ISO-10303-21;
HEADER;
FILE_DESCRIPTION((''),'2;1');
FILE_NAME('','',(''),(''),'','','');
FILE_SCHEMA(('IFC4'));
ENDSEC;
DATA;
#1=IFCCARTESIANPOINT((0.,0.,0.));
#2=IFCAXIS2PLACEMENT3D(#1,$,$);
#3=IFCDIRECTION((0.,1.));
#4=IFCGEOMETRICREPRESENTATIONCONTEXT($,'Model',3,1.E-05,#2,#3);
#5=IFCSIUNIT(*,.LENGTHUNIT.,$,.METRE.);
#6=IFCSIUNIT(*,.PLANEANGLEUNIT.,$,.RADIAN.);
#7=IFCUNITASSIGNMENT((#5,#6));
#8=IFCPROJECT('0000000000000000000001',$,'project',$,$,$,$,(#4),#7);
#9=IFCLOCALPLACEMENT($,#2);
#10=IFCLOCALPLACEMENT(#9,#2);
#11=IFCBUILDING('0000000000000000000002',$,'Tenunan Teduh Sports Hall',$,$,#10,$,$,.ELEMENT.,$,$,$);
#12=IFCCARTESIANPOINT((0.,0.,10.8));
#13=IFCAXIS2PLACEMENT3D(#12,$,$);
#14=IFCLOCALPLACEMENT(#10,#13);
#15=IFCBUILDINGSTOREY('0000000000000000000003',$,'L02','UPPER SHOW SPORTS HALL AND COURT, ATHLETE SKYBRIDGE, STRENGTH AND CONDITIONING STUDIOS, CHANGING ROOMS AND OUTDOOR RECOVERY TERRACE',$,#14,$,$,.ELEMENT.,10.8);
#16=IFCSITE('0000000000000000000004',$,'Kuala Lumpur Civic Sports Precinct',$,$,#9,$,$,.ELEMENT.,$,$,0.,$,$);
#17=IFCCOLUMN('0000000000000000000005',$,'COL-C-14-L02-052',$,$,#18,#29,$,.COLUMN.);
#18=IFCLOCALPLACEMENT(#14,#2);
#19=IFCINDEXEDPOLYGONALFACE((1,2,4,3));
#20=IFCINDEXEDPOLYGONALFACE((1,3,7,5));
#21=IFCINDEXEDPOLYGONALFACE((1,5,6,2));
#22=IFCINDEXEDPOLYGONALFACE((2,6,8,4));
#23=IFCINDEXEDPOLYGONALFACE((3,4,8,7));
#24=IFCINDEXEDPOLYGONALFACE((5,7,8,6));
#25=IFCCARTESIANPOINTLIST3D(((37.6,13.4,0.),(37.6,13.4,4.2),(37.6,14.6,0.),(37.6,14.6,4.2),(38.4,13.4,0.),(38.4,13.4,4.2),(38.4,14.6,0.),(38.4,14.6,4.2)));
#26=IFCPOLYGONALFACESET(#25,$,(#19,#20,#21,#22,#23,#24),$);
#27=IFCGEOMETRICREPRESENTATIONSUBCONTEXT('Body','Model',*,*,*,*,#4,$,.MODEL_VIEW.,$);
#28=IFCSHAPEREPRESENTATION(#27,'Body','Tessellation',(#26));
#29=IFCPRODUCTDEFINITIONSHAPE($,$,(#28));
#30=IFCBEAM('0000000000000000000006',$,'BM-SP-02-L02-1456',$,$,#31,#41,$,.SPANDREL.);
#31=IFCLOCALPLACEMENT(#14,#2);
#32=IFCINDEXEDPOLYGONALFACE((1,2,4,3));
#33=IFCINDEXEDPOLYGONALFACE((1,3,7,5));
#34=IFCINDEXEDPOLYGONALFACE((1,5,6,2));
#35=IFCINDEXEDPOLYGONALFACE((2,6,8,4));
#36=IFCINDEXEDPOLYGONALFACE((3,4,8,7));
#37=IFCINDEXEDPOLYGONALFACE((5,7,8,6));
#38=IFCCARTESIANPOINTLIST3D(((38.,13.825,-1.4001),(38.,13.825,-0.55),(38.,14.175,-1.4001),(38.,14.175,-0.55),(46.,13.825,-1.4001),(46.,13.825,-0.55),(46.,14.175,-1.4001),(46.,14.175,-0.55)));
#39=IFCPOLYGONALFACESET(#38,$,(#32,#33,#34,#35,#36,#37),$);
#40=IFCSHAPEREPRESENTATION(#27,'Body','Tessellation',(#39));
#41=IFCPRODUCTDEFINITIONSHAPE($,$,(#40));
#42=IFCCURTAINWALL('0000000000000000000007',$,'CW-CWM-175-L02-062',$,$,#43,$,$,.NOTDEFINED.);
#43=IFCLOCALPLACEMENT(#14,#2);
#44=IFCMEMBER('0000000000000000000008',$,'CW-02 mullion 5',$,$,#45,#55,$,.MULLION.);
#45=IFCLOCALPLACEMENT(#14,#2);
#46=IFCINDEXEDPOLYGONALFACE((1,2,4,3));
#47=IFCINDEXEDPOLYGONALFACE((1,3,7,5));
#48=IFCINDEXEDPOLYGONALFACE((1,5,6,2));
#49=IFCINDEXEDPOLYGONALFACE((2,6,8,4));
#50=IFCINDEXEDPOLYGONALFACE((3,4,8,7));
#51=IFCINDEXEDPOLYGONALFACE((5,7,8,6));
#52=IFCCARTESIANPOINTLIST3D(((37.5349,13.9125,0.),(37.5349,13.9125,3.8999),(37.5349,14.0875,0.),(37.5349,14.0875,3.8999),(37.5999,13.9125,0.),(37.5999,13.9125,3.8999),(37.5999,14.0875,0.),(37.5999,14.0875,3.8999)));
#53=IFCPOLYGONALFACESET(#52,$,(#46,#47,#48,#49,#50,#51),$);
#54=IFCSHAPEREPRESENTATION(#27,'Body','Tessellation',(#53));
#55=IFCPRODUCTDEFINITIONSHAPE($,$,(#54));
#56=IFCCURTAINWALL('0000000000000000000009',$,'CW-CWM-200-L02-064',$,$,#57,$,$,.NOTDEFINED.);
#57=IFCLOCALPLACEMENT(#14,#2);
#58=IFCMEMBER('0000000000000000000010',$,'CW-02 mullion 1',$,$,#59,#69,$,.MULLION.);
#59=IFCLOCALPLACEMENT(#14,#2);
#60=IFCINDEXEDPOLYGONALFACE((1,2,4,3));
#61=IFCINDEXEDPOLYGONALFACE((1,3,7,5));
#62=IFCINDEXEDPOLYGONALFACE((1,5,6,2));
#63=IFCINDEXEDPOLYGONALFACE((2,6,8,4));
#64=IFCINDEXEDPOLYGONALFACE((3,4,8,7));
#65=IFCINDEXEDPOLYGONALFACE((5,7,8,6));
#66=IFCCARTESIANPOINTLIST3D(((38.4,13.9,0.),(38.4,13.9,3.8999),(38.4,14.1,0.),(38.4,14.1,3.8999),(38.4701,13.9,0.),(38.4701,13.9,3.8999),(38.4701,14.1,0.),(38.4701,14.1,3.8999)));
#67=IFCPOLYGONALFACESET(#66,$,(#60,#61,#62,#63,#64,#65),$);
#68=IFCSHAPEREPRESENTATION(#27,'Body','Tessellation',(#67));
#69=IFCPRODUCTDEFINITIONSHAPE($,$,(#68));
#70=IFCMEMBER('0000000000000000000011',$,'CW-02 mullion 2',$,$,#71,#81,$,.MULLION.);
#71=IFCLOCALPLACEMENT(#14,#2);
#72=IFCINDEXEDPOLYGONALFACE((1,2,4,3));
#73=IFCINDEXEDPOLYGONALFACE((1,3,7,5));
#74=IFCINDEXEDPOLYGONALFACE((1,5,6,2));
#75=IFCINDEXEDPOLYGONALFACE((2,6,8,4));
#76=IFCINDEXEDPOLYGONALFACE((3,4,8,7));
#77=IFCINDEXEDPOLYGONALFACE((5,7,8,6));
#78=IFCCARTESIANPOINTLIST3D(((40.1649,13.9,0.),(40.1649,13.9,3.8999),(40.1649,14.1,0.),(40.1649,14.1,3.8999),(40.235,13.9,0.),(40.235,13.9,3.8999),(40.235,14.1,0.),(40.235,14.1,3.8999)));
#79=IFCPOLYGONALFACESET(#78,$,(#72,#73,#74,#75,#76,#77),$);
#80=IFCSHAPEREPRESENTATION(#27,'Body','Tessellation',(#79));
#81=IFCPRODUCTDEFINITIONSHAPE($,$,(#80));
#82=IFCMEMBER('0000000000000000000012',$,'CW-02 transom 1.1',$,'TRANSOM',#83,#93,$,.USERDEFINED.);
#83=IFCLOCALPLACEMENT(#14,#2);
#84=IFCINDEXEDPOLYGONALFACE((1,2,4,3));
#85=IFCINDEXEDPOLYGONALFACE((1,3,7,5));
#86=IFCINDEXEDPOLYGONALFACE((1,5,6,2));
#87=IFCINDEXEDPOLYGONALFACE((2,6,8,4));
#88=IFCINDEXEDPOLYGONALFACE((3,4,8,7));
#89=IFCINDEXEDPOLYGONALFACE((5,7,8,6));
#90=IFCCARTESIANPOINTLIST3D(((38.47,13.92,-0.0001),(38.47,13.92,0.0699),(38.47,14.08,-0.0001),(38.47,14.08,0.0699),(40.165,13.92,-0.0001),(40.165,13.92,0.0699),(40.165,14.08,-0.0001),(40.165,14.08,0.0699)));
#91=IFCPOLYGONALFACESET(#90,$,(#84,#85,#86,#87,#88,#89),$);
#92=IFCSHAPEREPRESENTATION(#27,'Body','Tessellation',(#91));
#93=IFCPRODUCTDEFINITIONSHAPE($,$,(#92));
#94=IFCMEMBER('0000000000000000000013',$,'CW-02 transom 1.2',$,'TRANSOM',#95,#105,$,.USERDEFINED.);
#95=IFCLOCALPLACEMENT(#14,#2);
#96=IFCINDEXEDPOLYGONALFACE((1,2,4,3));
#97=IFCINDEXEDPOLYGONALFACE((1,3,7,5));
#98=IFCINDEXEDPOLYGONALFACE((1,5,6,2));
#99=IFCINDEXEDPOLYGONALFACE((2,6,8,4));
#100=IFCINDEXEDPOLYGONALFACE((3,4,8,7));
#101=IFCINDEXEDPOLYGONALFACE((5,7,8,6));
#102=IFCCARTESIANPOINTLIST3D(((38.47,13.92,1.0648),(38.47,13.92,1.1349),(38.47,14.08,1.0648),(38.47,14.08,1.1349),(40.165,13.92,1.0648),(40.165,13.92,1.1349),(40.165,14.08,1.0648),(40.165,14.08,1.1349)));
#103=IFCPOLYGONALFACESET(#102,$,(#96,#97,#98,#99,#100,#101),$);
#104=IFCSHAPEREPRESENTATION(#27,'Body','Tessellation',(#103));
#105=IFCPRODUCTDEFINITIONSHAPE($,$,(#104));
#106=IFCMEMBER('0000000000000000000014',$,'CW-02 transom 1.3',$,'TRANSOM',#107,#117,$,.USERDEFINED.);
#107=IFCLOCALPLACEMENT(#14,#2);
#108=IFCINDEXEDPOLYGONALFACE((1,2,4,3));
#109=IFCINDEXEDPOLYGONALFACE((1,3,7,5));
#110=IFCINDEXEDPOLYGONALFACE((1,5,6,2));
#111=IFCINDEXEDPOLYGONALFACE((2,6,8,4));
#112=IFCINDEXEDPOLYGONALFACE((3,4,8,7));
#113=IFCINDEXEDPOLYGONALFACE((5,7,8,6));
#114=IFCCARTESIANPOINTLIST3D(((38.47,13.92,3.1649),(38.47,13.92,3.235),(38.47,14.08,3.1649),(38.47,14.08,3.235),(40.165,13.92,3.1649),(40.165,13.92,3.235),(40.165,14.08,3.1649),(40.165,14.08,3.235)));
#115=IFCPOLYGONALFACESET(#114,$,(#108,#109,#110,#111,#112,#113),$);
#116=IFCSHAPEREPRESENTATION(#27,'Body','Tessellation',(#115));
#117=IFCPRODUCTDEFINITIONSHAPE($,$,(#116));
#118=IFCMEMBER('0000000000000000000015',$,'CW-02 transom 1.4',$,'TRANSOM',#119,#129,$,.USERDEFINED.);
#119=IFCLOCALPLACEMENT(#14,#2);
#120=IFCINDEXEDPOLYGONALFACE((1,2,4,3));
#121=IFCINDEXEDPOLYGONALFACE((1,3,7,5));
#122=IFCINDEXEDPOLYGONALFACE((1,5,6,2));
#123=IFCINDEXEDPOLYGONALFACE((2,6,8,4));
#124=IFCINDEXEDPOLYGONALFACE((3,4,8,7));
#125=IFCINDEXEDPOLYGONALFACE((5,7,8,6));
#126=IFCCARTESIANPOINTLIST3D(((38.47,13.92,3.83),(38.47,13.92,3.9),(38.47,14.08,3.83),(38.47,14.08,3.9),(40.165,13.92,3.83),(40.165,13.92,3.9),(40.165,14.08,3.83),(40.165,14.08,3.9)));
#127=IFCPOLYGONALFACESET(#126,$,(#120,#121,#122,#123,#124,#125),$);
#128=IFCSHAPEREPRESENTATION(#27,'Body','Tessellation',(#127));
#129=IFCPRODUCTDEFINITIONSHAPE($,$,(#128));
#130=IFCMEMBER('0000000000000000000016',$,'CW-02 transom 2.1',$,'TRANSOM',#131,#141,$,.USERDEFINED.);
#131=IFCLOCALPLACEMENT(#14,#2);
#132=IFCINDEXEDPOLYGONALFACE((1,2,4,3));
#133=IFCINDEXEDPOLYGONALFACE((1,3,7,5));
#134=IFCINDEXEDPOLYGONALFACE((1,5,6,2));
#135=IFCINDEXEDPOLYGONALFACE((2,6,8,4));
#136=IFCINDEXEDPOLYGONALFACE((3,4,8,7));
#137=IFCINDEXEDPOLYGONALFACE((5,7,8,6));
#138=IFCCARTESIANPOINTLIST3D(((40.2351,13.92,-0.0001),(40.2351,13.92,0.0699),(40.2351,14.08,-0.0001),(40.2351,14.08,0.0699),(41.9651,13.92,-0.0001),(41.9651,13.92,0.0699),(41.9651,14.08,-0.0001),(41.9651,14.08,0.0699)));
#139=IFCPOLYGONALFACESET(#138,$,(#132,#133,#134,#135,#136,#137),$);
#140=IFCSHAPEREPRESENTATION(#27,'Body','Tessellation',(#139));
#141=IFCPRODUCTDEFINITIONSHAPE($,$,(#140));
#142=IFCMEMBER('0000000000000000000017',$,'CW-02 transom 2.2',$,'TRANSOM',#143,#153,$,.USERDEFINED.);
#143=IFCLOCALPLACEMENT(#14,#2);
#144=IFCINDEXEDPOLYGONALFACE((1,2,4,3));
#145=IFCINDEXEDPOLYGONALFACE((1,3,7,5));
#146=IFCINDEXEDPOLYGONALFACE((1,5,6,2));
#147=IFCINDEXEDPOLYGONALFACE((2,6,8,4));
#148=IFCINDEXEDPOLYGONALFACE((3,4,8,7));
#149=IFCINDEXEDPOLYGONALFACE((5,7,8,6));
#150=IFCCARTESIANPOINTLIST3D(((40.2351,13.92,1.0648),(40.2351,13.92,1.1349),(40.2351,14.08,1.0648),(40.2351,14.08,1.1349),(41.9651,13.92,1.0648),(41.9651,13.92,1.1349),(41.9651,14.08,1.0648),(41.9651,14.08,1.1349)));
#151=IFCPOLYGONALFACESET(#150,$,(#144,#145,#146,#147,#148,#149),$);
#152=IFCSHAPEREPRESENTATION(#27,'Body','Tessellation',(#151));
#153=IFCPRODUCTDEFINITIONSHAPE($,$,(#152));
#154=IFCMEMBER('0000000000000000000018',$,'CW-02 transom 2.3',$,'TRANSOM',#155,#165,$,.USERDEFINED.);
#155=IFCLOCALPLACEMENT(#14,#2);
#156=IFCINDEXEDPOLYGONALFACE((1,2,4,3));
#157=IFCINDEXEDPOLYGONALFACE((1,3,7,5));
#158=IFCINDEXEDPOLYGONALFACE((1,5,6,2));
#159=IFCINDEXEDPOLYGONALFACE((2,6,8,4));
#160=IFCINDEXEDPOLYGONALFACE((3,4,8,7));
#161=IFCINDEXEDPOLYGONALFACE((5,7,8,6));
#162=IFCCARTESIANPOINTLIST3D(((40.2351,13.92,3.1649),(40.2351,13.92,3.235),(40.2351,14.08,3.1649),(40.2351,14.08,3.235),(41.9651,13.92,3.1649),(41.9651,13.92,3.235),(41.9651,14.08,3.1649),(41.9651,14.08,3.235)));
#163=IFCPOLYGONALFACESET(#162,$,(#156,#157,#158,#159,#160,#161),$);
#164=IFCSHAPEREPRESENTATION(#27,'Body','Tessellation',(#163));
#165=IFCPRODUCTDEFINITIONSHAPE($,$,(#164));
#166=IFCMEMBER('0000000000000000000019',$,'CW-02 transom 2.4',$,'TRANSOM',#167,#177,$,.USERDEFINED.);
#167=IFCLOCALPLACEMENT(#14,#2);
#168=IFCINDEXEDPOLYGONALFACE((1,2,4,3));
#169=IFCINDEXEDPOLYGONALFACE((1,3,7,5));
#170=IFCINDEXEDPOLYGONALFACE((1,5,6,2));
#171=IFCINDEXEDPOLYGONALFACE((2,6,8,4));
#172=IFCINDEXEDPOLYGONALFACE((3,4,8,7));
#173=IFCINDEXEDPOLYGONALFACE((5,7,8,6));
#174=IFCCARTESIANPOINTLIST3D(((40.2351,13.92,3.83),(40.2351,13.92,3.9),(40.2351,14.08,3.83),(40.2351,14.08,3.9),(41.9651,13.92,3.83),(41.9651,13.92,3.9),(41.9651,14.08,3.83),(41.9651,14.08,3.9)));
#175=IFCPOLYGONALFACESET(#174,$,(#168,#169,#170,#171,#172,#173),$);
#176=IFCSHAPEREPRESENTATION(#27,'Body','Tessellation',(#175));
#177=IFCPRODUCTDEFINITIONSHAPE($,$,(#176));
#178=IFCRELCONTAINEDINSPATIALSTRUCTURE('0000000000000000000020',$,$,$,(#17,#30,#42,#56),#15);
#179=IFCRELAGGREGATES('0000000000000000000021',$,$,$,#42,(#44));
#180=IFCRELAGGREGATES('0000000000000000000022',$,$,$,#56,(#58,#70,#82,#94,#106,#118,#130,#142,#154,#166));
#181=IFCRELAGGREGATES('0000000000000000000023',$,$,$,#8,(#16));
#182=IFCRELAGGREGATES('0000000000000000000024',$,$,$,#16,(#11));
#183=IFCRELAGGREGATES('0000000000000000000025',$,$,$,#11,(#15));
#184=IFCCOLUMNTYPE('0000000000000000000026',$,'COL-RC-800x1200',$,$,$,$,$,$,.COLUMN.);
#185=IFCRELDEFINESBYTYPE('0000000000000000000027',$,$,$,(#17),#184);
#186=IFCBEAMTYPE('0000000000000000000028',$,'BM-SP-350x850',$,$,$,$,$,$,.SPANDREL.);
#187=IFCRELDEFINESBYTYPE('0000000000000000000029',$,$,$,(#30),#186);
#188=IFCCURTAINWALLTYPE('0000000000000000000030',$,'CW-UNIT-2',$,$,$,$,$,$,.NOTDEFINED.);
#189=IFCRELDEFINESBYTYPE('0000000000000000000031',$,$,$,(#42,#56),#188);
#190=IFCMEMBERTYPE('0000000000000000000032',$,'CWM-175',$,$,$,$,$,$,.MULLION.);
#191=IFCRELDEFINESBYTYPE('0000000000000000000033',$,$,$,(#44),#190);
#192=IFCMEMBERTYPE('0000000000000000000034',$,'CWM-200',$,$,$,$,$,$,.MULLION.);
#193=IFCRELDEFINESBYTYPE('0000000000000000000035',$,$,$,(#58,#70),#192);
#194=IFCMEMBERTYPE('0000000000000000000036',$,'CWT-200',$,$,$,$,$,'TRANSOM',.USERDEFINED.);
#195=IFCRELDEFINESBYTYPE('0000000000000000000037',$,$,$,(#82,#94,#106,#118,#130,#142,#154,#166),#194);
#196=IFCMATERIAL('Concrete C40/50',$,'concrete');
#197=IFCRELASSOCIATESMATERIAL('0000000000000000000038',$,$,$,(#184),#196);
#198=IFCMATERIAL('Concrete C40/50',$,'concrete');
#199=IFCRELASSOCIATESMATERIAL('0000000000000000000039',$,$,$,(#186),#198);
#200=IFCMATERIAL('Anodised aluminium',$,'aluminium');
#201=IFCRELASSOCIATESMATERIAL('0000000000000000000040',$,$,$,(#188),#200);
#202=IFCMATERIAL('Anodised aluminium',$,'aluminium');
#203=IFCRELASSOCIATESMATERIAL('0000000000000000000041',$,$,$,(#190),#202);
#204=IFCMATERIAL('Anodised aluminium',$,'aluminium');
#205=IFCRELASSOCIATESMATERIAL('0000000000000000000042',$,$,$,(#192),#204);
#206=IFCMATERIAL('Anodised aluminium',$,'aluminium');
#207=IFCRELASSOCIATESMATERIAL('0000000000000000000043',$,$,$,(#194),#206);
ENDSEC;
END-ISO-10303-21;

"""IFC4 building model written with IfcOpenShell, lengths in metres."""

from ifc_helpers import new_model, si_unit, direction, frame, origin, origin_2d, place, context, subcontext, project, spatial, rectangle, extrude, material, material_profile, profile_set, type_object, element, aggregate, save


model = new_model("IFC4")

# Units and contexts
model_context = context("Model", 3, precision=1e-05, world=origin(), true_north=direction((0.0, 1.0)))
body_context = subcontext(model_context, "Body", "Model", "MODEL_VIEW")
ifc_project = project(units=[si_unit("LENGTHUNIT", "METRE"), si_unit("PLANEANGLEUNIT", "RADIAN")], contexts=[model_context])

# Site, building, storey
site_placement = place(None, origin())
site = spatial("IfcSite", under=ifc_project, at=site_placement, Name="Kuala Lumpur Civic Sports Precinct", CompositionType="ELEMENT", RefElevation=0.0)
building_placement = place(site_placement, origin())
building = spatial("IfcBuilding", under=site, at=building_placement, Name="Tenunan Teduh Sports Hall", CompositionType="ELEMENT")
storey_placement = place(building_placement, frame((0.0, 0.0, 10.8)))
storey = spatial("IfcBuildingStorey", under=building, at=storey_placement, Name="L02", Description="UPPER SHOW SPORTS HALL AND COURT, ATHLETE SKYBRIDGE, STRENGTH AND CONDITIONING STUDIOS, CHANGING ROOMS AND OUTDOOR RECOVERY TERRACE", CompositionType="ELEMENT", Elevation=10.8)

# Column
ifc_material_1 = material(Name="Concrete C40/50", Category="concrete")
ifc_material_profile_1 = material_profile(ifc_material_1, rectangle(XDim=0.8, YDim=1.2, at=origin_2d()), Name="RC 800x1200")
ifc_profile_set_1 = profile_set([ifc_material_profile_1], Name="Concrete C40/50")
column_type = type_object("IfcColumnType", Name="COL-RC-800x1200", PredefinedType="COLUMN", material=ifc_profile_set_1)
column_placement = place(storey_placement, frame((38.0, 14.0, 0.0), z_axis=(0.0, 0.0, 1.0), x_axis=(1.0, 0.0, 0.0)))
element("IfcColumn", 1, at=column_placement, inside=storey, type_object=column_type, Name="COL-C-14-L02-052", PredefinedType="COLUMN", context=body_context, shape_type="SweptSolid", body=[
    extrude(rectangle(XDim=0.8, YDim=1.2, at=origin_2d()), origin(), (0.0, 0.0, 1.0), 4.2),
])

# Beam
ifc_material_2 = material(Name="Concrete C40/50", Category="concrete")
ifc_material_profile_2 = material_profile(ifc_material_2, rectangle(XDim=0.3501, YDim=0.8501, at=origin_2d()), Name="SPB 350x850")
ifc_profile_set_2 = profile_set([ifc_material_profile_2], Name="Concrete C40/50")
beam_type_1 = type_object("IfcBeamType", Name="BM-SP-350x850", PredefinedType="SPANDREL", material=ifc_profile_set_2)
beam_1_placement = place(storey_placement, frame((38.0, 14.0, -0.9751), z_axis=(1.0, 0.0, 0.0), x_axis=(0.0, 1.0, 0.0)))
element("IfcBeam", 2, at=beam_1_placement, inside=storey, type_object=beam_type_1, Name="BM-SP-02-L02-1456", PredefinedType="SPANDREL", context=body_context, shape_type="SweptSolid", body=[
    extrude(rectangle(XDim=0.3501, YDim=0.8501, at=origin_2d()), origin(), (0.0, 0.0, 1.0), 8.0),
])

# Curtain wall, member
ifc_material_3 = material(Name="Anodised aluminium", Category="aluminium")
curtain_wall_type = type_object("IfcCurtainWallType", Name="CW-UNIT-2", PredefinedType="NOTDEFINED", material=ifc_material_3)
curtain_wall_1_placement = place(storey_placement, origin())
curtain_wall_1 = element("IfcCurtainWall", 3, at=curtain_wall_1_placement, inside=storey, type_object=curtain_wall_type, Name="CW-CWM-175-L02-062", PredefinedType="NOTDEFINED")
ifc_material_4 = material(Name="Anodised aluminium", Category="aluminium")
ifc_material_profile_3 = material_profile(ifc_material_4, rectangle(XDim=0.0649, YDim=0.175, at=origin_2d()), Name="CWM 65x175")
ifc_profile_set_3 = profile_set([ifc_material_profile_3], Name="Anodised aluminium")
member_type_1 = type_object("IfcMemberType", Name="CWM-175", PredefinedType="MULLION", material=ifc_profile_set_3)
member_1_placement = place(storey_placement, frame((37.5674, 14.0, 0.0), z_axis=(0.0, 0.0, 1.0), x_axis=(1.0, 0.0, 0.0)))
member_1 = element("IfcMember", 4, at=member_1_placement, type_object=member_type_1, Name="CW-02 mullion 5", PredefinedType="MULLION", context=body_context, shape_type="SweptSolid", body=[
    extrude(rectangle(XDim=0.0649, YDim=0.175, at=origin_2d()), origin(), (0.0, 0.0, 1.0), 3.8999),
])

# Curtain wall, members
curtain_wall_2_placement = place(storey_placement, origin())
curtain_wall_2 = element("IfcCurtainWall", 5, at=curtain_wall_2_placement, inside=storey, type_object=curtain_wall_type, Name="CW-CWM-200-L02-064", PredefinedType="NOTDEFINED")
ifc_material_5 = material(Name="Anodised aluminium", Category="aluminium")
ifc_material_profile_4 = material_profile(ifc_material_5, rectangle(XDim=0.0701, YDim=0.2, at=origin_2d()), Name="CWM 70x200")
ifc_profile_set_4 = profile_set([ifc_material_profile_4], Name="Anodised aluminium")
member_type_2 = type_object("IfcMemberType", Name="CWM-200", PredefinedType="MULLION", material=ifc_profile_set_4)
member_2_placement = place(storey_placement, frame((38.4351, 14.0, 0.0), z_axis=(0.0, 0.0, 1.0), x_axis=(1.0, 0.0, 0.0)))
member_2 = element("IfcMember", 6, at=member_2_placement, type_object=member_type_2, Name="CW-02 mullion 1", PredefinedType="MULLION", context=body_context, shape_type="SweptSolid", body=[
    extrude(rectangle(XDim=0.0701, YDim=0.2, at=origin_2d()), origin(), (0.0, 0.0, 1.0), 3.8999),
])
member_3_placement = place(storey_placement, frame((40.2, 14.0, 0.0), z_axis=(0.0, 0.0, 1.0), x_axis=(1.0, 0.0, 0.0)))
member_3 = element("IfcMember", 7, at=member_3_placement, type_object=member_type_2, Name="CW-02 mullion 2", PredefinedType="MULLION", context=body_context, shape_type="SweptSolid", body=[
    extrude(rectangle(XDim=0.0701, YDim=0.2, at=origin_2d()), origin(), (0.0, 0.0, 1.0), 3.8999),
])
ifc_material_6 = material(Name="Anodised aluminium", Category="aluminium")
ifc_material_profile_5 = material_profile(ifc_material_6, rectangle(XDim=0.0701, YDim=0.1599, at=origin_2d()), Name="CWT 70x160")
ifc_profile_set_5 = profile_set([ifc_material_profile_5], Name="Anodised aluminium")
member_type_3 = type_object("IfcMemberType", Name="CWT-200", ElementType="TRANSOM", PredefinedType="USERDEFINED", material=ifc_profile_set_5)
member_4_placement = place(storey_placement, frame((38.47, 14.0, 0.0349), z_axis=(1.0, 0.0, 0.0), x_axis=(0.0, 0.0, 1.0)))
member_4 = element("IfcMember", 8, at=member_4_placement, type_object=member_type_3, Name="CW-02 transom 1.1", ObjectType="TRANSOM", PredefinedType="USERDEFINED", context=body_context, shape_type="SweptSolid", body=[
    extrude(rectangle(XDim=0.0701, YDim=0.1599, at=origin_2d()), origin(), (0.0, 0.0, 1.0), 1.6951),
])
member_5_placement = place(storey_placement, frame((38.47, 14.0, 1.0999), z_axis=(1.0, 0.0, 0.0), x_axis=(0.0, 0.0, 1.0)))
member_5 = element("IfcMember", 9, at=member_5_placement, type_object=member_type_3, Name="CW-02 transom 1.2", ObjectType="TRANSOM", PredefinedType="USERDEFINED", context=body_context, shape_type="SweptSolid", body=[
    extrude(rectangle(XDim=0.0701, YDim=0.1599, at=origin_2d()), origin(), (0.0, 0.0, 1.0), 1.6951),
])
member_6_placement = place(storey_placement, frame((38.47, 14.0, 3.2), z_axis=(1.0, 0.0, 0.0), x_axis=(0.0, 0.0, 1.0)))
member_6 = element("IfcMember", 10, at=member_6_placement, type_object=member_type_3, Name="CW-02 transom 1.3", ObjectType="TRANSOM", PredefinedType="USERDEFINED", context=body_context, shape_type="SweptSolid", body=[
    extrude(rectangle(XDim=0.0701, YDim=0.1599, at=origin_2d()), origin(), (0.0, 0.0, 1.0), 1.6951),
])
member_7_placement = place(storey_placement, frame((38.47, 14.0, 3.865), z_axis=(1.0, 0.0, 0.0), x_axis=(0.0, 0.0, 1.0)))
member_7 = element("IfcMember", 11, at=member_7_placement, type_object=member_type_3, Name="CW-02 transom 1.4", ObjectType="TRANSOM", PredefinedType="USERDEFINED", context=body_context, shape_type="SweptSolid", body=[
    extrude(rectangle(XDim=0.0701, YDim=0.1599, at=origin_2d()), origin(), (0.0, 0.0, 1.0), 1.6951),
])
member_8_placement = place(storey_placement, frame((40.2351, 14.0, 0.0349), z_axis=(1.0, 0.0, 0.0), x_axis=(0.0, 0.0, 1.0)))
member_8 = element("IfcMember", 12, at=member_8_placement, type_object=member_type_3, Name="CW-02 transom 2.1", ObjectType="TRANSOM", PredefinedType="USERDEFINED", context=body_context, shape_type="SweptSolid", body=[
    extrude(rectangle(XDim=0.0701, YDim=0.1599, at=origin_2d()), origin(), (0.0, 0.0, 1.0), 1.73),
])
member_9_placement = place(storey_placement, frame((40.2351, 14.0, 1.0999), z_axis=(1.0, 0.0, 0.0), x_axis=(0.0, 0.0, 1.0)))
member_9 = element("IfcMember", 13, at=member_9_placement, type_object=member_type_3, Name="CW-02 transom 2.2", ObjectType="TRANSOM", PredefinedType="USERDEFINED", context=body_context, shape_type="SweptSolid", body=[
    extrude(rectangle(XDim=0.0701, YDim=0.1599, at=origin_2d()), origin(), (0.0, 0.0, 1.0), 1.73),
])
member_10_placement = place(storey_placement, frame((40.2351, 14.0, 3.2), z_axis=(1.0, 0.0, 0.0), x_axis=(0.0, 0.0, 1.0)))
member_10 = element("IfcMember", 14, at=member_10_placement, type_object=member_type_3, Name="CW-02 transom 2.3", ObjectType="TRANSOM", PredefinedType="USERDEFINED", context=body_context, shape_type="SweptSolid", body=[
    extrude(rectangle(XDim=0.0701, YDim=0.1599, at=origin_2d()), origin(), (0.0, 0.0, 1.0), 1.73),
])
member_11_placement = place(storey_placement, frame((40.2351, 14.0, 3.865), z_axis=(1.0, 0.0, 0.0), x_axis=(0.0, 0.0, 1.0)))
member_11 = element("IfcMember", 15, at=member_11_placement, type_object=member_type_3, Name="CW-02 transom 2.4", ObjectType="TRANSOM", PredefinedType="USERDEFINED", context=body_context, shape_type="SweptSolid", body=[
    extrude(rectangle(XDim=0.0701, YDim=0.1599, at=origin_2d()), origin(), (0.0, 0.0, 1.0), 1.73),
])

aggregate(curtain_wall_1, [member_1])
aggregate(curtain_wall_2, [member_2, member_3, member_4, member_5, member_6, member_7, member_8, member_9, member_10, member_11])

save(model, "model.ifc")
